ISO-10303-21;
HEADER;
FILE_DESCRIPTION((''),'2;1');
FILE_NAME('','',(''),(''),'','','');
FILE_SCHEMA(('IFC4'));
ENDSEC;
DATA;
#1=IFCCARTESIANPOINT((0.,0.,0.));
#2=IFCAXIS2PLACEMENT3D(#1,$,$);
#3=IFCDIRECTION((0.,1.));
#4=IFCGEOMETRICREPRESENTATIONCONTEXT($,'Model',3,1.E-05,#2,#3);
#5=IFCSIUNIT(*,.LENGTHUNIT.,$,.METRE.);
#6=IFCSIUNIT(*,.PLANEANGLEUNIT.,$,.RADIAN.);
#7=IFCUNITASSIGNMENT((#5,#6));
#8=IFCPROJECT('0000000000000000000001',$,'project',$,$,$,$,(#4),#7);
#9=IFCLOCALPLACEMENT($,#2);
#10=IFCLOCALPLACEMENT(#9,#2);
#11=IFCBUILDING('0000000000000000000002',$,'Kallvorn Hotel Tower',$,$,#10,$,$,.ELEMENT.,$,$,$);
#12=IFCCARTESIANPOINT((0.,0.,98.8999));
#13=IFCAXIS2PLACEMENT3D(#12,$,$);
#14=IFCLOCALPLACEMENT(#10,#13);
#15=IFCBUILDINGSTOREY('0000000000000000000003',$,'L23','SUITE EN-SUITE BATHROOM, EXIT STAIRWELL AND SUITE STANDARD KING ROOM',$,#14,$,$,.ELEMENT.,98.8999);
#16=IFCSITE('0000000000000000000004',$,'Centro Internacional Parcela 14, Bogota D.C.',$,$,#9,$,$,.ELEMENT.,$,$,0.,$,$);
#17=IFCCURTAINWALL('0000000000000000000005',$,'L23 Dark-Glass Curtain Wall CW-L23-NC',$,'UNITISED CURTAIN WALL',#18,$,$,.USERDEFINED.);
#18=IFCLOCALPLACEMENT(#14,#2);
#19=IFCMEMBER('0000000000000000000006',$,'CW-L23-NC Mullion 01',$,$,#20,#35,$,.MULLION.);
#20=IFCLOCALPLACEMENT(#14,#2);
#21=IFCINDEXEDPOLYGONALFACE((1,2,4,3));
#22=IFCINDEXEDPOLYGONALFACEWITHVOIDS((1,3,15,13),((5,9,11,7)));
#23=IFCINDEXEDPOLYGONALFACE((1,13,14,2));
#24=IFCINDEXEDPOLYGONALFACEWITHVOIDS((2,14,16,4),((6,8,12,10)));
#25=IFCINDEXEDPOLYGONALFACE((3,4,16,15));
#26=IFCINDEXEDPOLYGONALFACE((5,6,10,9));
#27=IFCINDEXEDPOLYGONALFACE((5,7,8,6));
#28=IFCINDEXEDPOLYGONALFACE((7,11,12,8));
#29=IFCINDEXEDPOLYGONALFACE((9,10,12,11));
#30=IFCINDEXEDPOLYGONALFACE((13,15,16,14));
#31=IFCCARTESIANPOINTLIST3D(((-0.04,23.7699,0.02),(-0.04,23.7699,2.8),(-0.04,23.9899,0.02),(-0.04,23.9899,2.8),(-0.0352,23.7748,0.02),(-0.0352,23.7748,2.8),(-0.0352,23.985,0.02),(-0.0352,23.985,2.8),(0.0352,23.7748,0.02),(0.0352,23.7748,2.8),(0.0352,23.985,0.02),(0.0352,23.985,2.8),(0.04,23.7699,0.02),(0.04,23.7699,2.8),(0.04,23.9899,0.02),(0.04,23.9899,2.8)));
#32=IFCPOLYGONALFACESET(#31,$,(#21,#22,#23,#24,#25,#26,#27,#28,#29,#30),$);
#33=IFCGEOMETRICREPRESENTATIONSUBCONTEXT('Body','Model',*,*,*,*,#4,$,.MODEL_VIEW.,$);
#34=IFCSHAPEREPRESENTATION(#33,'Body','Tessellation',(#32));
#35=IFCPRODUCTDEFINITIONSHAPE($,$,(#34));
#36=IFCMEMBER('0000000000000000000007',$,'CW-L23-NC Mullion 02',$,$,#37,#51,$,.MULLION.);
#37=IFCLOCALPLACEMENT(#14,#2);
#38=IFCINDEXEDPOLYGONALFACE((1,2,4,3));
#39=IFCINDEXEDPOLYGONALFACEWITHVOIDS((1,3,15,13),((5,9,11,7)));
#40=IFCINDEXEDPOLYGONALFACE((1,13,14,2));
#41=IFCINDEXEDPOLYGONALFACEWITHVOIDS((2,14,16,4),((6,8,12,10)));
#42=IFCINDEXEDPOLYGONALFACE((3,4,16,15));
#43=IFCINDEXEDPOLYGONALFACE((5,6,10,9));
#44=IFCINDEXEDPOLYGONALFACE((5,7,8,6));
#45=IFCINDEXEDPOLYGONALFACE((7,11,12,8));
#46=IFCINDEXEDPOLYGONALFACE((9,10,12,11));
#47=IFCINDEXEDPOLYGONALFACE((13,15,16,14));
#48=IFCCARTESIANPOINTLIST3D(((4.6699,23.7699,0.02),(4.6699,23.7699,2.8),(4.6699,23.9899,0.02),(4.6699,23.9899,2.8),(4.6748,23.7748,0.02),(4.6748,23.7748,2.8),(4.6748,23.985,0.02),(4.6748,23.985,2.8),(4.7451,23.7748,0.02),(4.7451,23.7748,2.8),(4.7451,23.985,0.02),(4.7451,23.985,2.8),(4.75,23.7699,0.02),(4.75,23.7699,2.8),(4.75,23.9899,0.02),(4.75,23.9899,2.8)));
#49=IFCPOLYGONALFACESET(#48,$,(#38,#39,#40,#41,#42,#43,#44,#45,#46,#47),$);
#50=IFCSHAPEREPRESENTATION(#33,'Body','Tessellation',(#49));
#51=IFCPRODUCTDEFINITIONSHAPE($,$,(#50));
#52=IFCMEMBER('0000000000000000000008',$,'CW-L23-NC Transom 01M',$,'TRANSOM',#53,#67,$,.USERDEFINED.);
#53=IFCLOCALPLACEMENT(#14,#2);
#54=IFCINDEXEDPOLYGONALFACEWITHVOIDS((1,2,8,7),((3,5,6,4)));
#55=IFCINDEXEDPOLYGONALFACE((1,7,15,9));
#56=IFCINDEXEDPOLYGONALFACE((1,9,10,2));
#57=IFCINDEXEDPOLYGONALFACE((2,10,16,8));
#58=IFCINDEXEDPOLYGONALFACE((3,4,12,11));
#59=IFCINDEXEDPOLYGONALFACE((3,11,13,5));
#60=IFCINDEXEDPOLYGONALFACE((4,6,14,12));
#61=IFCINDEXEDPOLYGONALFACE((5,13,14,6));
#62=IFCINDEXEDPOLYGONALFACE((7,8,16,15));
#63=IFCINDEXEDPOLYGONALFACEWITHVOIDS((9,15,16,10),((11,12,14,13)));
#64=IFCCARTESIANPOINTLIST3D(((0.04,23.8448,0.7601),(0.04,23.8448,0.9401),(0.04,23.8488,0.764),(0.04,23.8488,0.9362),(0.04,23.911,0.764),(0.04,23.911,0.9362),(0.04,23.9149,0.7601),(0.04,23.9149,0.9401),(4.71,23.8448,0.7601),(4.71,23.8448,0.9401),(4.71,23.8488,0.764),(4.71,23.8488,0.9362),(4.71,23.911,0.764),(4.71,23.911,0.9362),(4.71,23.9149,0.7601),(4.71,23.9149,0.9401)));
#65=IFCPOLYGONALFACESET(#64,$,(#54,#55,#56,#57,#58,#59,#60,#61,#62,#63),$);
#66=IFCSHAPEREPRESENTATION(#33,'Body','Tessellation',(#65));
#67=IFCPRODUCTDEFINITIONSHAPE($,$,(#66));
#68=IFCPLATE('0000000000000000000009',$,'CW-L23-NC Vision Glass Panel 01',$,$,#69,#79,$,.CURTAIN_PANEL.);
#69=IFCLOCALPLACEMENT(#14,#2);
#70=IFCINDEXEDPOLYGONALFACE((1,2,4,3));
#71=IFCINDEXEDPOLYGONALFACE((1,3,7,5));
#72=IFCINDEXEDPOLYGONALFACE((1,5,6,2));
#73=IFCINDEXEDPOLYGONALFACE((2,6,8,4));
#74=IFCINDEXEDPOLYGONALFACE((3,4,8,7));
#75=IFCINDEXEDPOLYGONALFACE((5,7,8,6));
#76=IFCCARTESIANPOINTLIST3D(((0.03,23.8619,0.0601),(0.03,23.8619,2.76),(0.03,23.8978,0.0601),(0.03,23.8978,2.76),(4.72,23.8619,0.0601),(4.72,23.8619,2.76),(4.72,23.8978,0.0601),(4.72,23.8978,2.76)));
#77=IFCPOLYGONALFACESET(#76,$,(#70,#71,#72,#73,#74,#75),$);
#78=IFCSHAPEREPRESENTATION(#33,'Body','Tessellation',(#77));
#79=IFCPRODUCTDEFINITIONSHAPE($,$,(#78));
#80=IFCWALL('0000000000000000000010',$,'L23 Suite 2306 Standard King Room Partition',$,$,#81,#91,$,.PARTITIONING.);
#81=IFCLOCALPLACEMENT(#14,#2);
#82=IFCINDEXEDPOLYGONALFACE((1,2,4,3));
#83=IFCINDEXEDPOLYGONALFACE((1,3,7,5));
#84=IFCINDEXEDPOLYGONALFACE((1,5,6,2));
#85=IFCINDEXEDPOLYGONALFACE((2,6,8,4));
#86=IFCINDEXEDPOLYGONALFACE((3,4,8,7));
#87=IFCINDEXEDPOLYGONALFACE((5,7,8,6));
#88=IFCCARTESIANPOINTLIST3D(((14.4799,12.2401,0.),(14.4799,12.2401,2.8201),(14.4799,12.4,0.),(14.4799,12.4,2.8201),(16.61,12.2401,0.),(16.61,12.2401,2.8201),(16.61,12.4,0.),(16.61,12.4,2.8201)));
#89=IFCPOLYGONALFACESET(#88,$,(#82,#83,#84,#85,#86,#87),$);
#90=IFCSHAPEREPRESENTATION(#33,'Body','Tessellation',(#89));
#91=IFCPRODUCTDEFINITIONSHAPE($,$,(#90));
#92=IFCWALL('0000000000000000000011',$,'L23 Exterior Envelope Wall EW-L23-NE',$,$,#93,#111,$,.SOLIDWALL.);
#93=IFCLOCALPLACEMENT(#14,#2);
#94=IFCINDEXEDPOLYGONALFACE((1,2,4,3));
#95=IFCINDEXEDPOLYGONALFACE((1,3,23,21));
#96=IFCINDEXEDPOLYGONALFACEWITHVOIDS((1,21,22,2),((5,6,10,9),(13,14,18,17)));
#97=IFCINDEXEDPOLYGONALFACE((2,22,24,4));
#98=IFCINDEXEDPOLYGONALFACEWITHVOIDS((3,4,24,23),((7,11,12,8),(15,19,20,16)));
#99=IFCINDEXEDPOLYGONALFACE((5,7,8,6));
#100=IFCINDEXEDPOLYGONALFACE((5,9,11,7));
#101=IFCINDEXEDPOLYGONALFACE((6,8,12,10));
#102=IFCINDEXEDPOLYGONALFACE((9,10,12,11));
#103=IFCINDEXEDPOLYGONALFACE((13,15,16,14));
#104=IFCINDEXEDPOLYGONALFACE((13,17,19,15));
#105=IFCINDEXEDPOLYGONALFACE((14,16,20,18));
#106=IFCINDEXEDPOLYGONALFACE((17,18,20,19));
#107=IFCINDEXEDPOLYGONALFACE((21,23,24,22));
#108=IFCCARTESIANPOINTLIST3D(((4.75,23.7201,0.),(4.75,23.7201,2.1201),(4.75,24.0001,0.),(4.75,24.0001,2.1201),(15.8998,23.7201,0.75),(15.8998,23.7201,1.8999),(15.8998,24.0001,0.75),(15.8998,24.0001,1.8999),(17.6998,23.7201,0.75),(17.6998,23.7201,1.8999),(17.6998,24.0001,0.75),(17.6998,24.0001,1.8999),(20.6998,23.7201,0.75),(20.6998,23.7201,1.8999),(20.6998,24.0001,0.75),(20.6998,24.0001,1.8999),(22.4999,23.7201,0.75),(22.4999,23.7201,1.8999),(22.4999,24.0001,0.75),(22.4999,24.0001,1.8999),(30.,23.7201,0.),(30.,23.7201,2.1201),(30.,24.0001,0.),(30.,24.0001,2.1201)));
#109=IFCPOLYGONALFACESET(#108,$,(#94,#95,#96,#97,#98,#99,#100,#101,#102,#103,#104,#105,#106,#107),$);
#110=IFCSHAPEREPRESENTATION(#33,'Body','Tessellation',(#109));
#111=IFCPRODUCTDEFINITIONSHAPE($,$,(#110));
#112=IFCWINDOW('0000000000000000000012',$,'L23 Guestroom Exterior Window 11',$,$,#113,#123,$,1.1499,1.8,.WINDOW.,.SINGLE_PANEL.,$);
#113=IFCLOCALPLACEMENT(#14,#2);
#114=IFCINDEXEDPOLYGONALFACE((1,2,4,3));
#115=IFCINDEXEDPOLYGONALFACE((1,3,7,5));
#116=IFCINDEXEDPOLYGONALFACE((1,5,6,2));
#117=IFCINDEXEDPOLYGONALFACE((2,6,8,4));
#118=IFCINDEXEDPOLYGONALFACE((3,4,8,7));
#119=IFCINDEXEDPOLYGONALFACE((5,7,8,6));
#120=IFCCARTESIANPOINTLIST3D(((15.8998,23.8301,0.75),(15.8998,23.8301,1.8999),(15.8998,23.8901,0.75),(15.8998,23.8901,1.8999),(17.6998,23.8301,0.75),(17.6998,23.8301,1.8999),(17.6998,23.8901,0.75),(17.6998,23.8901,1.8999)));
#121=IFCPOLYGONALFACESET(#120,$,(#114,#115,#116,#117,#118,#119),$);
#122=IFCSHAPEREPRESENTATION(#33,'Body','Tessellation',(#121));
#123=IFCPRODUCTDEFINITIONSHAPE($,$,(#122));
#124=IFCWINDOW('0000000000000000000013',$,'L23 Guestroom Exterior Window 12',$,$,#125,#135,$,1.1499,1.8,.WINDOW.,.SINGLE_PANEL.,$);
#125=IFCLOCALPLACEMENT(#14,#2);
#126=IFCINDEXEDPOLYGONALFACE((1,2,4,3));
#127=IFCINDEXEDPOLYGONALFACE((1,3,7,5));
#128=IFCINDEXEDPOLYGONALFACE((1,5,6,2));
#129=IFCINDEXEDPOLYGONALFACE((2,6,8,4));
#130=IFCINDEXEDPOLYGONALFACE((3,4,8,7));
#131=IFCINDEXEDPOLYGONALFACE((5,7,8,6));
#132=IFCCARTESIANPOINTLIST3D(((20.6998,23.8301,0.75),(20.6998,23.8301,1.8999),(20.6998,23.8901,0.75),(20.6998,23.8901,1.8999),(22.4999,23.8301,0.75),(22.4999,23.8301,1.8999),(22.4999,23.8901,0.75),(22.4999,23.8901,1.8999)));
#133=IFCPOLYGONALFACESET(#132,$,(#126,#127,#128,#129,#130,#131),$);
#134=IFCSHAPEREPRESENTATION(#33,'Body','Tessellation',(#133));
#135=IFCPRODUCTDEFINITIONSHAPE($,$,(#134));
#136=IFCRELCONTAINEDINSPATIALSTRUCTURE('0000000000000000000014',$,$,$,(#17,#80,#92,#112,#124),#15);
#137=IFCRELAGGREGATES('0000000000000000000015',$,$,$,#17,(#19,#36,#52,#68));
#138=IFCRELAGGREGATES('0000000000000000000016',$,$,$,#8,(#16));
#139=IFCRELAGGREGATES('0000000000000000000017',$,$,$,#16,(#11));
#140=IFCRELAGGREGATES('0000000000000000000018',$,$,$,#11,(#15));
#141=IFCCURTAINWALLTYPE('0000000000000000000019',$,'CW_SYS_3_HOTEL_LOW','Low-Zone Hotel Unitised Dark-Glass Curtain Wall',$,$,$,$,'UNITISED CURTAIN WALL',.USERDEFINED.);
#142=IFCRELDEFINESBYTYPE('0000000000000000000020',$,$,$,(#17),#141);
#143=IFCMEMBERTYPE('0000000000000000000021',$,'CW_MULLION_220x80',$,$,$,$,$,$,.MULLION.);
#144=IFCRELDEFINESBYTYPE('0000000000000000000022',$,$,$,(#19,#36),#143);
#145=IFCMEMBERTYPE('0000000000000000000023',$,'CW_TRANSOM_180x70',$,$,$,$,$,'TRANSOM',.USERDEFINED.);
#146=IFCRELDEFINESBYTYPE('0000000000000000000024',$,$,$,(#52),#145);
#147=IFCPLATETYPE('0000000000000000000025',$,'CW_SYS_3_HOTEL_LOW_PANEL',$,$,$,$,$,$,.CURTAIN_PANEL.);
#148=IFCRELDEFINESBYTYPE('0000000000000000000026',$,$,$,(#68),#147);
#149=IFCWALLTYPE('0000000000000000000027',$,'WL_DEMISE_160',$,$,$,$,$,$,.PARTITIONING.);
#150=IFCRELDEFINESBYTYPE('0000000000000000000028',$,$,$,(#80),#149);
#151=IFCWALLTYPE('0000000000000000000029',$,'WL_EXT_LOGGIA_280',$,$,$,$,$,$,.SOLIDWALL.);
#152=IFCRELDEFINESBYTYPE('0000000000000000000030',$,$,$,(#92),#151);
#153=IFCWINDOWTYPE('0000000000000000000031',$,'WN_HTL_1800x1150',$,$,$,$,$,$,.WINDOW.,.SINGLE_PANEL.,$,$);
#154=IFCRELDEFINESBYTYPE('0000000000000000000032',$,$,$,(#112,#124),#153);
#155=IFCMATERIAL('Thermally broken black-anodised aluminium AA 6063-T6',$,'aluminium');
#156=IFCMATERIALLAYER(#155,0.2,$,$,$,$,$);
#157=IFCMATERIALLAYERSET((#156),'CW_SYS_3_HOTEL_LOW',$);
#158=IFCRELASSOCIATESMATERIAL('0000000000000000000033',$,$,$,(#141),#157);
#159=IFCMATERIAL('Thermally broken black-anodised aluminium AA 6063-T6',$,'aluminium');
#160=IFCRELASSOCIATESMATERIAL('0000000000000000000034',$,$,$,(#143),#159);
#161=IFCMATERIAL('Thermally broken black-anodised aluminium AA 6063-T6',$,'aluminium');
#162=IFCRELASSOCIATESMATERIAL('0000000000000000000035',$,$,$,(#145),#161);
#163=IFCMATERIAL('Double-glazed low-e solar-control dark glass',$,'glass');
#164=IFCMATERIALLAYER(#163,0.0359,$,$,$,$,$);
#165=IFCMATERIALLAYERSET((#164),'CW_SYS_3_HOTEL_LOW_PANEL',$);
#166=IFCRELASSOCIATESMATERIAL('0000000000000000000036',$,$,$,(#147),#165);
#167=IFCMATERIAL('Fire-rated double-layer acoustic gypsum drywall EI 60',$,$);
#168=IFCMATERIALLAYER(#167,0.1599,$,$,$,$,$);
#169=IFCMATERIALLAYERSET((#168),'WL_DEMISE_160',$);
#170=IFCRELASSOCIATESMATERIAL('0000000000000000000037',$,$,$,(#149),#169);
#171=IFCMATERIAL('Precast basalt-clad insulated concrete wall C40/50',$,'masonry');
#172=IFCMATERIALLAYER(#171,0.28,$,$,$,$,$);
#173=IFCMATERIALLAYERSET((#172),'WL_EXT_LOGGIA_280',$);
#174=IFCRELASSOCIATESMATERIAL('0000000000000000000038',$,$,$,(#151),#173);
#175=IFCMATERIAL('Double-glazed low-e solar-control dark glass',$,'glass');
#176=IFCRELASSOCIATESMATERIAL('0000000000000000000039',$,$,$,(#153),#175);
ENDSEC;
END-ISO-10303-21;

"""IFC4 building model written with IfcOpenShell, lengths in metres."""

from ifc_helpers import new_model, si_unit, direction, frame, frame_2d, origin, origin_2d, place, context, subcontext, project, spatial, rectangle, hollow_rectangle, extrude, material, layer, layer_set, material_profile, profile_set, type_object, element, fill, aggregate, save


model = new_model("IFC4")

# Units and contexts
model_context = context("Model", 3, precision=1e-05, world=origin(), true_north=direction((0.0, 1.0)))
body_context = subcontext(model_context, "Body", "Model", "MODEL_VIEW")
ifc_project = project(units=[si_unit("LENGTHUNIT", "METRE"), si_unit("PLANEANGLEUNIT", "RADIAN")], contexts=[model_context])

# Site, building, storey
site_placement = place(None, origin())
site = spatial("IfcSite", under=ifc_project, at=site_placement, Name="Centro Internacional Parcela 14, Bogota D.C.", CompositionType="ELEMENT", RefElevation=0.0)
building_placement = place(site_placement, origin())
building = spatial("IfcBuilding", under=site, at=building_placement, Name="Kallvorn Hotel Tower", CompositionType="ELEMENT")
storey_placement = place(building_placement, frame((0.0, 0.0, 98.8999)))
storey = spatial("IfcBuildingStorey", under=building, at=storey_placement, Name="L23", Description="SUITE EN-SUITE BATHROOM, EXIT STAIRWELL AND SUITE STANDARD KING ROOM", CompositionType="ELEMENT", Elevation=98.8999)

# Curtain wall, members, plate
ifc_material_1 = material(Name="Thermally broken black-anodised aluminium AA 6063-T6", Category="aluminium")
ifc_layer_1 = layer(ifc_material_1, 0.2)
ifc_layer_set_1 = layer_set([ifc_layer_1], Name="CW_SYS_3_HOTEL_LOW")
curtain_wall_type = type_object("IfcCurtainWallType", Name="CW_SYS_3_HOTEL_LOW", Description="Low-Zone Hotel Unitised Dark-Glass Curtain Wall", ElementType="UNITISED CURTAIN WALL", PredefinedType="USERDEFINED", material=ifc_layer_set_1)
curtain_wall_placement = place(storey_placement, origin())
curtain_wall = element("IfcCurtainWall", 1, at=curtain_wall_placement, inside=storey, type_object=curtain_wall_type, Name="L23 Dark-Glass Curtain Wall CW-L23-NC", ObjectType="UNITISED CURTAIN WALL", PredefinedType="USERDEFINED")
ifc_material_2 = material(Name="Thermally broken black-anodised aluminium AA 6063-T6", Category="aluminium")
ifc_material_profile_1 = material_profile(ifc_material_2, hollow_rectangle(XDim=0.0801, YDim=0.22, WallThickness=0.0049, at=origin_2d()), Name="MUL 220x80")
ifc_profile_set_1 = profile_set([ifc_material_profile_1], Name="Thermally broken black-anodised aluminium AA 6063-T6")
member_type_1 = type_object("IfcMemberType", Name="CW_MULLION_220x80", PredefinedType="MULLION", material=ifc_profile_set_1)
member_1_placement = place(storey_placement, frame((0.0, 23.8799, 0.02), z_axis=(0.0, 0.0, 1.0), x_axis=(1.0, 0.0, 0.0)))
member_1 = element("IfcMember", 2, at=member_1_placement, type_object=member_type_1, Name="CW-L23-NC Mullion 01", PredefinedType="MULLION", context=body_context, shape_type="SweptSolid", body=[
    extrude(hollow_rectangle(XDim=0.0801, YDim=0.22, WallThickness=0.0049, at=origin_2d()), origin(), (0.0, 0.0, 1.0), 2.78),
])
member_2_placement = place(storey_placement, frame((4.71, 23.8799, 0.02), z_axis=(0.0, 0.0, 1.0), x_axis=(1.0, 0.0, 0.0)))
member_2 = element("IfcMember", 3, at=member_2_placement, type_object=member_type_1, Name="CW-L23-NC Mullion 02", PredefinedType="MULLION", context=body_context, shape_type="SweptSolid", body=[
    extrude(hollow_rectangle(XDim=0.0801, YDim=0.22, WallThickness=0.0049, at=origin_2d()), origin(), (0.0, 0.0, 1.0), 2.78),
])
ifc_material_3 = material(Name="Thermally broken black-anodised aluminium AA 6063-T6", Category="aluminium")
ifc_material_profile_2 = material_profile(ifc_material_3, hollow_rectangle(XDim=0.0701, YDim=0.1799, WallThickness=0.0039, at=origin_2d()), Name="TRN 180x70")
ifc_profile_set_2 = profile_set([ifc_material_profile_2], Name="Thermally broken black-anodised aluminium AA 6063-T6")
member_type_2 = type_object("IfcMemberType", Name="CW_TRANSOM_180x70", ElementType="TRANSOM", PredefinedType="USERDEFINED", material=ifc_profile_set_2)
member_3_placement = place(storey_placement, frame((0.04, 23.8799, 0.8501), z_axis=(1.0, 0.0, 0.0), x_axis=(0.0, 1.0, 0.0)))
member_3 = element("IfcMember", 4, at=member_3_placement, type_object=member_type_2, Name="CW-L23-NC Transom 01M", ObjectType="TRANSOM", PredefinedType="USERDEFINED", context=body_context, shape_type="SweptSolid", body=[
    extrude(hollow_rectangle(XDim=0.0701, YDim=0.1799, WallThickness=0.0039, at=origin_2d()), origin(), (0.0, 0.0, 1.0), 4.6699),
])
ifc_material_4 = material(Name="Double-glazed low-e solar-control dark glass", Category="glass")
ifc_layer_2 = layer(ifc_material_4, 0.0359)
ifc_layer_set_2 = layer_set([ifc_layer_2], Name="CW_SYS_3_HOTEL_LOW_PANEL")
plate_type = type_object("IfcPlateType", Name="CW_SYS_3_HOTEL_LOW_PANEL", PredefinedType="CURTAIN_PANEL", material=ifc_layer_set_2)
plate_placement = place(storey_placement, frame((2.375, 23.8799, 0.0601), z_axis=(0.0, 0.0, 1.0), x_axis=(1.0, 0.0, 0.0)))
plate = element("IfcPlate", 5, at=plate_placement, type_object=plate_type, Name="CW-L23-NC Vision Glass Panel 01", PredefinedType="CURTAIN_PANEL", context=body_context, shape_type="SweptSolid", body=[
    extrude(rectangle(XDim=4.6899, YDim=0.0359, at=origin_2d()), origin(), (0.0, 0.0, 1.0), 2.7),
])
aggregate(curtain_wall, [member_1, member_2, member_3, plate])

# Wall
ifc_material_5 = material(Name="Fire-rated double-layer acoustic gypsum drywall EI 60")
ifc_layer_3 = layer(ifc_material_5, 0.1599)
ifc_layer_set_3 = layer_set([ifc_layer_3], Name="WL_DEMISE_160")
wall_type_1 = type_object("IfcWallType", Name="WL_DEMISE_160", PredefinedType="PARTITIONING", material=ifc_layer_set_3)
wall_1_placement = place(storey_placement, frame((14.48, 12.3201, 0.0), z_axis=(0.0, 0.0, 1.0), x_axis=(1.0, 0.0, 0.0)))
element("IfcWall", 6, at=wall_1_placement, inside=storey, type_object=wall_type_1, Name="L23 Suite 2306 Standard King Room Partition", PredefinedType="PARTITIONING", context=body_context, shape_type="SweptSolid", body=[
    extrude(rectangle(XDim=2.1301, YDim=0.1599, at=frame_2d((1.0649, 0.0))), origin(), (0.0, 0.0, 1.0), 2.8201),
])

# Wall, openings, windows
ifc_material_6 = material(Name="Precast basalt-clad insulated concrete wall C40/50", Category="masonry")
ifc_layer_4 = layer(ifc_material_6, 0.28)
ifc_layer_set_4 = layer_set([ifc_layer_4], Name="WL_EXT_LOGGIA_280")
wall_type_2 = type_object("IfcWallType", Name="WL_EXT_LOGGIA_280", PredefinedType="SOLIDWALL", material=ifc_layer_set_4)
wall_2_placement = place(storey_placement, frame((4.75, 23.8601, 0.0), z_axis=(0.0, 0.0, 1.0), x_axis=(1.0, 0.0, 0.0)))
wall_2 = element("IfcWall", 7, at=wall_2_placement, inside=storey, type_object=wall_type_2, Name="L23 Exterior Envelope Wall EW-L23-NE", PredefinedType="SOLIDWALL", context=body_context, shape_type="SweptSolid", body=[
    extrude(rectangle(XDim=25.25, YDim=0.28, at=frame_2d((12.625, 0.0))), origin(), (0.0, 0.0, 1.0), 2.1201),
])
opening_1_placement = place(wall_2_placement, frame((11.1499, 0.0, 0.75)))
opening_1 = element("IfcOpeningElement", 8, at=opening_1_placement, cuts=wall_2, PredefinedType="OPENING", context=body_context, shape_type="SweptSolid", body=[
    extrude(rectangle(XDim=1.8, YDim=1.1499, at=frame_2d((0.8999, 0.575))), frame((0.0, 0.155, 0.0), z_axis=(0.0, -1.0, 0.0), x_axis=(1.0, 0.0, 0.0)), (0.0, 0.0, 1.0), 0.3101),
])
opening_2_placement = place(wall_2_placement, frame((15.95, 0.0, 0.75)))
opening_2 = element("IfcOpeningElement", 9, at=opening_2_placement, cuts=wall_2, PredefinedType="OPENING", context=body_context, shape_type="SweptSolid", body=[
    extrude(rectangle(XDim=1.8, YDim=1.1499, at=frame_2d((0.8999, 0.575))), frame((0.0, 0.155, 0.0), z_axis=(0.0, -1.0, 0.0), x_axis=(1.0, 0.0, 0.0)), (0.0, 0.0, 1.0), 0.3101),
])
ifc_material_7 = material(Name="Double-glazed low-e solar-control dark glass", Category="glass")
window_type = type_object("IfcWindowType", Name="WN_HTL_1800x1150", PartitioningType="SINGLE_PANEL", PredefinedType="WINDOW", material=ifc_material_7)
window_1_placement = place(opening_1_placement, origin())
window_1 = element("IfcWindow", 10, at=window_1_placement, inside=storey, type_object=window_type, Name="L23 Guestroom Exterior Window 11", OverallHeight=1.1499, OverallWidth=1.8, PartitioningType="SINGLE_PANEL", PredefinedType="WINDOW", context=body_context, shape_type="SweptSolid", body=[
    extrude(rectangle(XDim=1.8, YDim=1.1499, at=frame_2d((0.8999, 0.575))), frame((0.0, 0.03, 0.0), z_axis=(0.0, -1.0, 0.0), x_axis=(1.0, 0.0, 0.0)), (0.0, 0.0, 1.0), 0.0601),
])
fill(opening_1, window_1)
window_2_placement = place(opening_2_placement, origin())
window_2 = element("IfcWindow", 11, at=window_2_placement, inside=storey, type_object=window_type, Name="L23 Guestroom Exterior Window 12", OverallHeight=1.1499, OverallWidth=1.8, PartitioningType="SINGLE_PANEL", PredefinedType="WINDOW", context=body_context, shape_type="SweptSolid", body=[
    extrude(rectangle(XDim=1.8, YDim=1.1499, at=frame_2d((0.8999, 0.575))), frame((0.0, 0.03, 0.0), z_axis=(0.0, -1.0, 0.0), x_axis=(1.0, 0.0, 0.0)), (0.0, 0.0, 1.0), 0.0601),
])
fill(opening_2, window_2)

save(model, "model.ifc")
